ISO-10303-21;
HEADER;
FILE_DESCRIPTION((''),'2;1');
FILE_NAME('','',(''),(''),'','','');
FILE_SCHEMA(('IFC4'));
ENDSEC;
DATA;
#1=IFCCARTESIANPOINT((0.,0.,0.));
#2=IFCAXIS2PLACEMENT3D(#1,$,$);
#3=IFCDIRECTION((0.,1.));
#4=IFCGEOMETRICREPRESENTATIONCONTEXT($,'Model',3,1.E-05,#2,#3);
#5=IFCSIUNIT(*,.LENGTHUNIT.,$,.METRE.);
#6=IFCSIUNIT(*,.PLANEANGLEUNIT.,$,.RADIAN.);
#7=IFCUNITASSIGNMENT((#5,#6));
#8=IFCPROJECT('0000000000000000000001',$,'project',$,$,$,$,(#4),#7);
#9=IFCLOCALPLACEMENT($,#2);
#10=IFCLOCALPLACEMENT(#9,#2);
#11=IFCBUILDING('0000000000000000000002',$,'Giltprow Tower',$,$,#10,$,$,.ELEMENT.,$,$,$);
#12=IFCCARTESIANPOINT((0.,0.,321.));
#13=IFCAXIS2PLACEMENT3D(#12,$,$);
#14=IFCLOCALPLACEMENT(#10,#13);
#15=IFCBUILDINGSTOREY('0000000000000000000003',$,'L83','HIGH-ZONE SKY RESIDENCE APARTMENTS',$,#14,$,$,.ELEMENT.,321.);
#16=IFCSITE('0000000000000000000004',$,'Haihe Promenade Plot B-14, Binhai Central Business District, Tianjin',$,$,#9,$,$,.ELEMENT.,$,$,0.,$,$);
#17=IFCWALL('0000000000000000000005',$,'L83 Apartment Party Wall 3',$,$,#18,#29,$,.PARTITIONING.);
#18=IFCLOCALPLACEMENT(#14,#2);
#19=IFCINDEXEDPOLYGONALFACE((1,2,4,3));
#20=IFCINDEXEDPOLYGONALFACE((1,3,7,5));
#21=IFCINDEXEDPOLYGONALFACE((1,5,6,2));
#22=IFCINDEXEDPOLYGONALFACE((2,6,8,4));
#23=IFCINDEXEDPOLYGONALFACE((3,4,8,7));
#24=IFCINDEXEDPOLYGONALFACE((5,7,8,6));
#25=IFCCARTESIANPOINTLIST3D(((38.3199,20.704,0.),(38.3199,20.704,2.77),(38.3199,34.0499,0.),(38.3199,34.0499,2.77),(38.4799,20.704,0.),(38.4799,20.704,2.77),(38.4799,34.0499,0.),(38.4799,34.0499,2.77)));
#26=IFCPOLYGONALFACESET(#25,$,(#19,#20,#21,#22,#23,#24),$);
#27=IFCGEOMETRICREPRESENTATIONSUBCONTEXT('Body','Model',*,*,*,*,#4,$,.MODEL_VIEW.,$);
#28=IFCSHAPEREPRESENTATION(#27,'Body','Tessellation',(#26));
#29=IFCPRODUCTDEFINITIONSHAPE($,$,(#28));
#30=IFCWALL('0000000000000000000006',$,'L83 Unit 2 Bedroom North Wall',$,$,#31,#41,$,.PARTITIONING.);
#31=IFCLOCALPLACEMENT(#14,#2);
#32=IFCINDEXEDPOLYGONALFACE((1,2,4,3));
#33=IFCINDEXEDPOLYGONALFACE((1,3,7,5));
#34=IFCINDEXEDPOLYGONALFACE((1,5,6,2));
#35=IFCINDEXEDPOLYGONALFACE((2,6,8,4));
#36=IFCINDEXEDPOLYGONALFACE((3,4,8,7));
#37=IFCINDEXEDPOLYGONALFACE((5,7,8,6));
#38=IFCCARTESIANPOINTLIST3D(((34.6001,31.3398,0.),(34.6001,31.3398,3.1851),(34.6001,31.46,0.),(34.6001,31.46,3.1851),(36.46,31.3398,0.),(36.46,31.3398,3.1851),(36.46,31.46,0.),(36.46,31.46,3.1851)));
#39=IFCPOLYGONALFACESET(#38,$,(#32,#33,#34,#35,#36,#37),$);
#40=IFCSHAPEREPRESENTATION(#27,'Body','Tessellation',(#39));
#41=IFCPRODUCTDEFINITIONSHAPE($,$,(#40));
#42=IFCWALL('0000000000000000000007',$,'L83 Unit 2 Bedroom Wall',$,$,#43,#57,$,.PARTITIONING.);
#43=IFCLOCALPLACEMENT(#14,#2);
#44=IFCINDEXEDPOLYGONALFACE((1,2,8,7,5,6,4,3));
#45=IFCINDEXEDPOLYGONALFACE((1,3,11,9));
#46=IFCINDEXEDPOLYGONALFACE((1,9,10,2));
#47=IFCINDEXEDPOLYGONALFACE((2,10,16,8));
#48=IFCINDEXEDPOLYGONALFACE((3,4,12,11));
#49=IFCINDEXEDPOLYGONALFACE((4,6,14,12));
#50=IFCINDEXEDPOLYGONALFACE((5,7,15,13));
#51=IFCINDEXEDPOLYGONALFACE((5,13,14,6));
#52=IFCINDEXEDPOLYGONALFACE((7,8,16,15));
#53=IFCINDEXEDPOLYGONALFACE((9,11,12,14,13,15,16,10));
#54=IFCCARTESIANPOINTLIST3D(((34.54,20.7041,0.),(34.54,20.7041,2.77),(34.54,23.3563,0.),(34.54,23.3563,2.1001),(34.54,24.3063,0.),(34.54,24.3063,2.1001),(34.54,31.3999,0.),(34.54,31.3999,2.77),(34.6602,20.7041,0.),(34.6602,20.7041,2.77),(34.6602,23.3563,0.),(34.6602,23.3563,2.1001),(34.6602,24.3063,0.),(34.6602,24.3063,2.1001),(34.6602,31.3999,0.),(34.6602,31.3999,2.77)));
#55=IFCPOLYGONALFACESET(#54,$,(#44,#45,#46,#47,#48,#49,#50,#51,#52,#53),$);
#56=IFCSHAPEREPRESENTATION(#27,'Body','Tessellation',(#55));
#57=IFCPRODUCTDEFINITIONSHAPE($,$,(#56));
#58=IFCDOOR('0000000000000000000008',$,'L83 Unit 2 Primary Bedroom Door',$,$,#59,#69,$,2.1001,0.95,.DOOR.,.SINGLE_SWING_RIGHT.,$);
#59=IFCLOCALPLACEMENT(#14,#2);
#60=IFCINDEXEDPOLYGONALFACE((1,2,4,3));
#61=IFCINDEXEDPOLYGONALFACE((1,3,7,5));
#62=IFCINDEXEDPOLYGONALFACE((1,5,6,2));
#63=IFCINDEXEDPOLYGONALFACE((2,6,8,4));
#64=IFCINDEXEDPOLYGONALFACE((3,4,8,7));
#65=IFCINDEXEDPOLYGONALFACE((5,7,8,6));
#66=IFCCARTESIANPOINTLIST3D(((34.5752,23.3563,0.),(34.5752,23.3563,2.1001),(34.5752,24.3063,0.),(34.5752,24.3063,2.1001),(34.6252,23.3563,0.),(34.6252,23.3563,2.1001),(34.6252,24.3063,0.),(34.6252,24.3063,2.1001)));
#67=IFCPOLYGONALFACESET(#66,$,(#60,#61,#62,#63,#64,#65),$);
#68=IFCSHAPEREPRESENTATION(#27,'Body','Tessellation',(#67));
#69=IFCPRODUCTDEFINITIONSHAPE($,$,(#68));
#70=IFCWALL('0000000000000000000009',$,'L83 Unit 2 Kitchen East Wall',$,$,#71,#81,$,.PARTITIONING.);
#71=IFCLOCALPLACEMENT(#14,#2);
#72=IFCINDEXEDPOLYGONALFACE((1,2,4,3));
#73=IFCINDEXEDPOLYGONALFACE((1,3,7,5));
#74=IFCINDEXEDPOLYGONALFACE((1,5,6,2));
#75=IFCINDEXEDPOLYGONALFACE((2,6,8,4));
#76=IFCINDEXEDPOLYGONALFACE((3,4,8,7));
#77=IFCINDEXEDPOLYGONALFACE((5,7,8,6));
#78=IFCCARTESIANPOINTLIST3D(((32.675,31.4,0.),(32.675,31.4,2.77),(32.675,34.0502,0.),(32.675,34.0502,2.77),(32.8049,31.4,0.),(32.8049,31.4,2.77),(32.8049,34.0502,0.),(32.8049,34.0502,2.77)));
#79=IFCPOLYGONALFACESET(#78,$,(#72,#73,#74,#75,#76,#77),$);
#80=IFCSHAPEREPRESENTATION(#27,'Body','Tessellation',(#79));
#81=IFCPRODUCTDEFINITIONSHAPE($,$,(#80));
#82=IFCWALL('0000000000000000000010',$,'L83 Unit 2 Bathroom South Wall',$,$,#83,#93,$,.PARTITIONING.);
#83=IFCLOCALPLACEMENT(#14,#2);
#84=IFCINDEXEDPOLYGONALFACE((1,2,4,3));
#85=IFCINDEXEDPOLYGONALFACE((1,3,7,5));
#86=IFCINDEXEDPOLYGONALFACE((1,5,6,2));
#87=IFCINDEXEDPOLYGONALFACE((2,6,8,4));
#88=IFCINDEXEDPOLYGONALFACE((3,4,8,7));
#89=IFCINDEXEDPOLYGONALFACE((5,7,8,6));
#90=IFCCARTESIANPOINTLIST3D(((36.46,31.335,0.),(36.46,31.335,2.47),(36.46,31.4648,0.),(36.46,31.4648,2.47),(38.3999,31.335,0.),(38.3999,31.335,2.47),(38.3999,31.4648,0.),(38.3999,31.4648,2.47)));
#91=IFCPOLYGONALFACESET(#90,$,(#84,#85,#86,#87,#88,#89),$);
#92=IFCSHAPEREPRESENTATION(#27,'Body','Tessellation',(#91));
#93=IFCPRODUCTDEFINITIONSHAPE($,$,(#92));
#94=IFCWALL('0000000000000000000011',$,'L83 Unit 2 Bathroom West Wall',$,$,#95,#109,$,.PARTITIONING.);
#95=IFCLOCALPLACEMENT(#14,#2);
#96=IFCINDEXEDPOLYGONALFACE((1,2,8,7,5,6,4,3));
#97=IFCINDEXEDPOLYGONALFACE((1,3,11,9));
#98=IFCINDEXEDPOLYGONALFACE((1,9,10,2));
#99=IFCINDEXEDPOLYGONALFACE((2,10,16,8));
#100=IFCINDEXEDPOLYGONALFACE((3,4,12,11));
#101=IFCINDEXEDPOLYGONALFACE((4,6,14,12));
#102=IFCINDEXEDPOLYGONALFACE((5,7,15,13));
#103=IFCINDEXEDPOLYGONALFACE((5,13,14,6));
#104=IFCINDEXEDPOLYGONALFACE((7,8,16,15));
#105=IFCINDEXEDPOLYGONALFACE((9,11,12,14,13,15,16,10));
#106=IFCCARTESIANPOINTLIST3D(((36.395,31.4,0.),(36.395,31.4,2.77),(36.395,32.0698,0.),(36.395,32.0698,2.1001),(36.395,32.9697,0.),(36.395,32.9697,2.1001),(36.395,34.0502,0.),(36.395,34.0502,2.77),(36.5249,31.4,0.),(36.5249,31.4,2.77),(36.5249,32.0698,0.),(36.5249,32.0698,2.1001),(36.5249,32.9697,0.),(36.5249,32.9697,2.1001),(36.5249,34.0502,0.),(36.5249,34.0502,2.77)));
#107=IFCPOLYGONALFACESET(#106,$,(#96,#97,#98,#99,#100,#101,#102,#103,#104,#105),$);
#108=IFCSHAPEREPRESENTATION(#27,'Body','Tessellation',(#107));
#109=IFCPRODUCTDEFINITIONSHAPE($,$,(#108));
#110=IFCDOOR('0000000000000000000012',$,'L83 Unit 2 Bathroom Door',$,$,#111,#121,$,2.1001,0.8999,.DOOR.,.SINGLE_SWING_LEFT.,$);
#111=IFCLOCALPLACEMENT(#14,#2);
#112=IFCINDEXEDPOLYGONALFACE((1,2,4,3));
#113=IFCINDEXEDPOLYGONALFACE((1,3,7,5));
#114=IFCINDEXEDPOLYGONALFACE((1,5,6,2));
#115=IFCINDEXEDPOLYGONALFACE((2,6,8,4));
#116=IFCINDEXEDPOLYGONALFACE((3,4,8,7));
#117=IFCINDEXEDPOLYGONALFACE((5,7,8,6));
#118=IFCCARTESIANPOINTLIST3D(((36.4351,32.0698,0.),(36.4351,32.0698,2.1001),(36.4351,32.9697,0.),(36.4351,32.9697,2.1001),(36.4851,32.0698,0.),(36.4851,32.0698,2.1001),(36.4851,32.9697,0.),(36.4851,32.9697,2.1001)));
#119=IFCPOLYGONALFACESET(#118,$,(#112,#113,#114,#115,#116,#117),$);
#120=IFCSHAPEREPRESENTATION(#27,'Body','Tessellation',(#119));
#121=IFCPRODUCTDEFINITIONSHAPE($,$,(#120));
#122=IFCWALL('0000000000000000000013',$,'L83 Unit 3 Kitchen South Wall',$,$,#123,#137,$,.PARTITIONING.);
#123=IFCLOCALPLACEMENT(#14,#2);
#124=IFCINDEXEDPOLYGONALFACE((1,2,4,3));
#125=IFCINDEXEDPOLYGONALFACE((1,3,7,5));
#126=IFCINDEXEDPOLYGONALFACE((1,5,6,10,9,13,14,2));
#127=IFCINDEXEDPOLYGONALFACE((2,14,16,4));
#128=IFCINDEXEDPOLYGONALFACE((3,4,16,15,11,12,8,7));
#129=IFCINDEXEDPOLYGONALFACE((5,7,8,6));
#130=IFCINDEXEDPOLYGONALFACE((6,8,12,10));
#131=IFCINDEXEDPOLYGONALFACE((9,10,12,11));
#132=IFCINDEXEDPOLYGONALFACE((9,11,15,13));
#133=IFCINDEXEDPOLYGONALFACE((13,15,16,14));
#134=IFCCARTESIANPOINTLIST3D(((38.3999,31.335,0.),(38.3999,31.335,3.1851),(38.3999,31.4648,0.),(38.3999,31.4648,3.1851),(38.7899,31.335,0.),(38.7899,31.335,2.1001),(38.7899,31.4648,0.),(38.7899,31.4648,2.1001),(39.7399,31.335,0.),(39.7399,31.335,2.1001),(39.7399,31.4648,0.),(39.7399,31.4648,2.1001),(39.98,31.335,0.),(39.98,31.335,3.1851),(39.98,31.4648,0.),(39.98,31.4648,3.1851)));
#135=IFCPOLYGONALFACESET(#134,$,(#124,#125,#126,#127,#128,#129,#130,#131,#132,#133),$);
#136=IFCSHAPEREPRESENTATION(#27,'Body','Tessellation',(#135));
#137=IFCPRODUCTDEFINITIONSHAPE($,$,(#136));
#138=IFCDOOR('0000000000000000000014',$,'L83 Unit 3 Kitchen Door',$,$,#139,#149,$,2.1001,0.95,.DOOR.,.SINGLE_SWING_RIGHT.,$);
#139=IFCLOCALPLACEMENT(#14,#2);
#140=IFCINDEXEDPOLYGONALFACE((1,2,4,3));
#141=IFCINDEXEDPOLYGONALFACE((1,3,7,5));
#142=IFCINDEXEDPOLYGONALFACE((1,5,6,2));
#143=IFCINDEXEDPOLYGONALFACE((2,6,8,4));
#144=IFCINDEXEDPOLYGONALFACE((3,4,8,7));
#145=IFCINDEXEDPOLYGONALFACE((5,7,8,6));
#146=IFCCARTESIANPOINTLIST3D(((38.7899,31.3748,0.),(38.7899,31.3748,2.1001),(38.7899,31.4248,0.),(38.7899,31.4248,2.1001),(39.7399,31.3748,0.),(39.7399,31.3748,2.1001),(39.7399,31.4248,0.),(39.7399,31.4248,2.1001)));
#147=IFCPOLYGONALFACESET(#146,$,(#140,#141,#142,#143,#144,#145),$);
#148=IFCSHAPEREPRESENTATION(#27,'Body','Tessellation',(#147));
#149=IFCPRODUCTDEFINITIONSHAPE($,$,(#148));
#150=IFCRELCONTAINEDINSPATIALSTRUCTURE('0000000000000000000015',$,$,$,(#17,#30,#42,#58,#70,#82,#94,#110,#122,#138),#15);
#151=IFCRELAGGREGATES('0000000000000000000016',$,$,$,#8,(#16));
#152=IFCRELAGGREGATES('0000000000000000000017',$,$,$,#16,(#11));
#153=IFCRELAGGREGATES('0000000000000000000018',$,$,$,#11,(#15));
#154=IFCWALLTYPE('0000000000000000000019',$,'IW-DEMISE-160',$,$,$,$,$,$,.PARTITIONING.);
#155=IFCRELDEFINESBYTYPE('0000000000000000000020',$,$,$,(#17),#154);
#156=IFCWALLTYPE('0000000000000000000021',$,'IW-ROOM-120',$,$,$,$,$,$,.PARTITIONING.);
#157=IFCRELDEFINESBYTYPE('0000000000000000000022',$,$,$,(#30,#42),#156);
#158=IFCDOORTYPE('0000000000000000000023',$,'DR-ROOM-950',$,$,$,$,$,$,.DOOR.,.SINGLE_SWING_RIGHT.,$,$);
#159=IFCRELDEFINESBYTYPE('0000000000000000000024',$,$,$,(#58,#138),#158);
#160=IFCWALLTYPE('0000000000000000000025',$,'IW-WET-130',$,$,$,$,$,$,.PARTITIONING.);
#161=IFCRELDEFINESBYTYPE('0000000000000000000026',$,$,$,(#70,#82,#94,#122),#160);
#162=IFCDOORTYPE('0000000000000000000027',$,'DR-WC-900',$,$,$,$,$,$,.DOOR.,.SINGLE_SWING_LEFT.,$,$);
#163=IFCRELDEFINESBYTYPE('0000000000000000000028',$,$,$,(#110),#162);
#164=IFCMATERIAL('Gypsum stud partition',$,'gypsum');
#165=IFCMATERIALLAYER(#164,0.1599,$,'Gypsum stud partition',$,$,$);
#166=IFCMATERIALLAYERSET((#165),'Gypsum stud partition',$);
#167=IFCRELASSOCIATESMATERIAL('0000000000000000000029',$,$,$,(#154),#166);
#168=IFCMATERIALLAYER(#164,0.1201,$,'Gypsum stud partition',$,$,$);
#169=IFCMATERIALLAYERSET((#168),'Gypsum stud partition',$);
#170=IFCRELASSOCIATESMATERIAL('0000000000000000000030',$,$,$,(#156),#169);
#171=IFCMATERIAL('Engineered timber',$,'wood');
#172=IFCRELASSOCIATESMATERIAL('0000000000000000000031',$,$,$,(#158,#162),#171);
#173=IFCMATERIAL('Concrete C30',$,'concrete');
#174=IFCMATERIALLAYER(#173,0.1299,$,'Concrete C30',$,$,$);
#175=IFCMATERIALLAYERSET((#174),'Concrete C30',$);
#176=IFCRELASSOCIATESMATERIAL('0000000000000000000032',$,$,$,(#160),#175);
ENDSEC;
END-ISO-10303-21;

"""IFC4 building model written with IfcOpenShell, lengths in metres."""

from ifc_helpers import new_model, si_unit, direction, frame, frame_2d, origin, place, context, subcontext, project, spatial, rectangle, extrude, source, transform, mapped, material, layer, layer_set, type_object, element, fill, save


model = new_model("IFC4")

# Units and contexts
model_context = context("Model", 3, precision=1e-05, world=origin(), true_north=direction((0.0, 1.0)))
body_context = subcontext(model_context, "Body", "Model", "MODEL_VIEW")
ifc_project = project(units=[si_unit("LENGTHUNIT", "METRE"), si_unit("PLANEANGLEUNIT", "RADIAN")], contexts=[model_context])

# Site, building, storey
site_placement = place(None, origin())
site = spatial("IfcSite", under=ifc_project, at=site_placement, Name="Haihe Promenade Plot B-14, Binhai Central Business District, Tianjin", CompositionType="ELEMENT", RefElevation=0.0)
building_placement = place(site_placement, origin())
building = spatial("IfcBuilding", under=site, at=building_placement, Name="Giltprow Tower", CompositionType="ELEMENT")
storey_placement = place(building_placement, frame((0.0, 0.0, 321.0)))
storey = spatial("IfcBuildingStorey", under=building, at=storey_placement, Name="L83", Description="HIGH-ZONE SKY RESIDENCE APARTMENTS", CompositionType="ELEMENT", Elevation=321.0)

# Walls
ifc_material_1 = material(Name="Gypsum stud partition", Category="gypsum")
ifc_layer_1 = layer(ifc_material_1, 0.1599, Name="Gypsum stud partition")
ifc_layer_set_1 = layer_set([ifc_layer_1], Name="Gypsum stud partition")
wall_type_1 = type_object("IfcWallType", Name="IW-DEMISE-160", PredefinedType="PARTITIONING", material=ifc_layer_set_1)
wall_1_placement = place(storey_placement, frame((38.3999, 20.7041, 0.0), z_axis=(0.0, 0.0, 1.0), x_axis=(0.0, 1.0, 0.0)))
element("IfcWall", 1, at=wall_1_placement, inside=storey, type_object=wall_type_1, Name="L83 Apartment Party Wall 3", PredefinedType="PARTITIONING", context=body_context, shape_type="SweptSolid", body=[
    extrude(rectangle(XDim=13.3459, YDim=0.1599, at=frame_2d((6.6729, 0.0))), origin(), (0.0, 0.0, 1.0), 2.77),
])
ifc_layer_2 = layer(ifc_material_1, 0.1201, Name="Gypsum stud partition")
ifc_layer_set_2 = layer_set([ifc_layer_2], Name="Gypsum stud partition")
wall_type_2 = type_object("IfcWallType", Name="IW-ROOM-120", PredefinedType="PARTITIONING", material=ifc_layer_set_2)
wall_2_placement = place(storey_placement, frame((34.6001, 31.3999, 0.0), z_axis=(0.0, 0.0, 1.0), x_axis=(1.0, 0.0, 0.0)))
element("IfcWall", 2, at=wall_2_placement, inside=storey, type_object=wall_type_2, Name="L83 Unit 2 Bedroom North Wall", PredefinedType="PARTITIONING", context=body_context, shape_type="SweptSolid", body=[
    extrude(rectangle(XDim=1.8599, YDim=0.1201, at=frame_2d((0.9299, 0.0))), origin(), (0.0, 0.0, 1.0), 3.1851),
])

# Wall, opening, door
wall_3_placement = place(storey_placement, frame((34.6001, 20.7041, 0.0), z_axis=(0.0, 0.0, 1.0), x_axis=(0.0, 1.0, 0.0)))
wall_3 = element("IfcWall", 3, at=wall_3_placement, inside=storey, type_object=wall_type_2, Name="L83 Unit 2 Bedroom Wall", PredefinedType="PARTITIONING", context=body_context, shape_type="SweptSolid", body=[
    extrude(rectangle(XDim=10.6958, YDim=0.1201, at=frame_2d((5.3479, 0.0))), origin(), (0.0, 0.0, 1.0), 2.77),
])
opening_1_placement = place(wall_3_placement, frame((2.6521, 0.0, 0.0)))
opening_1 = element("IfcOpeningElement", 4, at=opening_1_placement, cuts=wall_3, PredefinedType="OPENING", context=body_context, shape_type="SweptSolid", body=[
    extrude(rectangle(XDim=0.95, YDim=2.1001, at=frame_2d((0.4751, 1.05))), frame((0.0, 0.0701, 0.0), z_axis=(0.0, -1.0, 0.0), x_axis=(1.0, 0.0, 0.0)), (0.0, 0.0, 1.0), 0.1401),
])
ifc_material_2 = material(Name="Engineered timber", Category="wood")
door_type_1 = type_object("IfcDoorType", Name="DR-ROOM-950", OperationType="SINGLE_SWING_RIGHT", PredefinedType="DOOR", material=ifc_material_2)
shared_shape_1 = source(origin(), body_context, "Body", "SweptSolid", [
    extrude(rectangle(XDim=0.95, YDim=2.1001, at=frame_2d((0.4751, 1.05))), frame((0.0, 0.0249, 0.0), z_axis=(0.0, -1.0, 0.0), x_axis=(1.0, 0.0, 0.0)), (0.0, 0.0, 1.0), 0.05),
])
door_1_placement = place(opening_1_placement, origin())
door_1 = element("IfcDoor", 5, at=door_1_placement, inside=storey, type_object=door_type_1, Name="L83 Unit 2 Primary Bedroom Door", OperationType="SINGLE_SWING_RIGHT", OverallHeight=2.1001, OverallWidth=0.95, PredefinedType="DOOR", context=body_context, shape_type="MappedRepresentation", body=[
    mapped(shared_shape_1, transform((0.0, 0.0, 0.0), x_axis=(1.0, 0.0, 0.0), y_axis=(0.0, 1.0, 0.0), z_axis=(0.0, 0.0, 1.0), scale=1.0)),
])
fill(opening_1, door_1)

# Walls
ifc_material_3 = material(Name="Concrete C30", Category="concrete")
ifc_layer_3 = layer(ifc_material_3, 0.1299, Name="Concrete C30")
ifc_layer_set_3 = layer_set([ifc_layer_3], Name="Concrete C30")
wall_type_3 = type_object("IfcWallType", Name="IW-WET-130", PredefinedType="PARTITIONING", material=ifc_layer_set_3)
wall_4_placement = place(storey_placement, frame((32.74, 31.3999, 0.0), z_axis=(0.0, 0.0, 1.0), x_axis=(0.0, 1.0, 0.0)))
element("IfcWall", 6, at=wall_4_placement, inside=storey, type_object=wall_type_3, Name="L83 Unit 2 Kitchen East Wall", PredefinedType="PARTITIONING", context=body_context, shape_type="SweptSolid", body=[
    extrude(rectangle(XDim=2.6501, YDim=0.1299, at=frame_2d((1.3252, 0.0))), origin(), (0.0, 0.0, 1.0), 2.77),
])
wall_5_placement = place(storey_placement, frame((36.46, 31.3999, 0.0), z_axis=(0.0, 0.0, 1.0), x_axis=(1.0, 0.0, 0.0)))
element("IfcWall", 7, at=wall_5_placement, inside=storey, type_object=wall_type_3, Name="L83 Unit 2 Bathroom South Wall", PredefinedType="PARTITIONING", context=body_context, shape_type="SweptSolid", body=[
    extrude(rectangle(XDim=1.9399, YDim=0.1299, at=frame_2d((0.97, 0.0))), origin(), (0.0, 0.0, 1.0), 2.47),
])

# Walls, openings, doors
wall_6_placement = place(storey_placement, frame((36.46, 31.3999, 0.0), z_axis=(0.0, 0.0, 1.0), x_axis=(0.0, 1.0, 0.0)))
wall_6 = element("IfcWall", 8, at=wall_6_placement, inside=storey, type_object=wall_type_3, Name="L83 Unit 2 Bathroom West Wall", PredefinedType="PARTITIONING", context=body_context, shape_type="SweptSolid", body=[
    extrude(rectangle(XDim=2.6501, YDim=0.1299, at=frame_2d((1.3252, 0.0))), origin(), (0.0, 0.0, 1.0), 2.77),
])
opening_2_placement = place(wall_6_placement, frame((0.6699, 0.0, 0.0)))
opening_2 = element("IfcOpeningElement", 9, at=opening_2_placement, cuts=wall_6, PredefinedType="OPENING", context=body_context, shape_type="SweptSolid", body=[
    extrude(rectangle(XDim=0.8999, YDim=2.1001, at=frame_2d((0.45, 1.05))), frame((0.0, 0.075, 0.0), z_axis=(0.0, -1.0, 0.0), x_axis=(1.0, 0.0, 0.0)), (0.0, 0.0, 1.0), 0.1499),
])
door_type_2 = type_object("IfcDoorType", Name="DR-WC-900", OperationType="SINGLE_SWING_LEFT", PredefinedType="DOOR", material=ifc_material_2)
shared_shape_2 = source(origin(), body_context, "Body", "SweptSolid", [
    extrude(rectangle(XDim=0.8999, YDim=2.1001, at=frame_2d((0.45, 1.05))), frame((0.0, 0.0249, 0.0), z_axis=(0.0, -1.0, 0.0), x_axis=(1.0, 0.0, 0.0)), (0.0, 0.0, 1.0), 0.05),
])
door_2_placement = place(opening_2_placement, origin())
door_2 = element("IfcDoor", 10, at=door_2_placement, inside=storey, type_object=door_type_2, Name="L83 Unit 2 Bathroom Door", OperationType="SINGLE_SWING_LEFT", OverallHeight=2.1001, OverallWidth=0.8999, PredefinedType="DOOR", context=body_context, shape_type="MappedRepresentation", body=[
    mapped(shared_shape_2, transform((0.0, 0.0, 0.0), x_axis=(1.0, 0.0, 0.0), y_axis=(0.0, 1.0, 0.0), z_axis=(0.0, 0.0, 1.0), scale=1.0)),
])
fill(opening_2, door_2)
wall_7_placement = place(storey_placement, frame((38.3999, 31.3999, 0.0), z_axis=(0.0, 0.0, 1.0), x_axis=(1.0, 0.0, 0.0)))
wall_7 = element("IfcWall", 11, at=wall_7_placement, inside=storey, type_object=wall_type_3, Name="L83 Unit 3 Kitchen South Wall", PredefinedType="PARTITIONING", context=body_context, shape_type="SweptSolid", body=[
    extrude(rectangle(XDim=1.5801, YDim=0.1299, at=frame_2d((0.79, 0.0))), origin(), (0.0, 0.0, 1.0), 3.1851),
])
opening_3_placement = place(wall_7_placement, frame((0.3899, 0.0, 0.0)))
opening_3 = element("IfcOpeningElement", 12, at=opening_3_placement, cuts=wall_7, PredefinedType="OPENING", context=body_context, shape_type="SweptSolid", body=[
    extrude(rectangle(XDim=0.95, YDim=2.1001, at=frame_2d((0.4751, 1.05))), frame((0.0, 0.075, 0.0), z_axis=(0.0, -1.0, 0.0), x_axis=(1.0, 0.0, 0.0)), (0.0, 0.0, 1.0), 0.1499),
])
door_3_placement = place(opening_3_placement, origin())
door_3 = element("IfcDoor", 13, at=door_3_placement, inside=storey, type_object=door_type_1, Name="L83 Unit 3 Kitchen Door", OperationType="SINGLE_SWING_RIGHT", OverallHeight=2.1001, OverallWidth=0.95, PredefinedType="DOOR", context=body_context, shape_type="MappedRepresentation", body=[
    mapped(shared_shape_1, transform((0.0, 0.0, 0.0), x_axis=(1.0, 0.0, 0.0), y_axis=(0.0, 1.0, 0.0), z_axis=(0.0, 0.0, 1.0), scale=1.0)),
])
fill(opening_3, door_3)

save(model, "model.ifc")
